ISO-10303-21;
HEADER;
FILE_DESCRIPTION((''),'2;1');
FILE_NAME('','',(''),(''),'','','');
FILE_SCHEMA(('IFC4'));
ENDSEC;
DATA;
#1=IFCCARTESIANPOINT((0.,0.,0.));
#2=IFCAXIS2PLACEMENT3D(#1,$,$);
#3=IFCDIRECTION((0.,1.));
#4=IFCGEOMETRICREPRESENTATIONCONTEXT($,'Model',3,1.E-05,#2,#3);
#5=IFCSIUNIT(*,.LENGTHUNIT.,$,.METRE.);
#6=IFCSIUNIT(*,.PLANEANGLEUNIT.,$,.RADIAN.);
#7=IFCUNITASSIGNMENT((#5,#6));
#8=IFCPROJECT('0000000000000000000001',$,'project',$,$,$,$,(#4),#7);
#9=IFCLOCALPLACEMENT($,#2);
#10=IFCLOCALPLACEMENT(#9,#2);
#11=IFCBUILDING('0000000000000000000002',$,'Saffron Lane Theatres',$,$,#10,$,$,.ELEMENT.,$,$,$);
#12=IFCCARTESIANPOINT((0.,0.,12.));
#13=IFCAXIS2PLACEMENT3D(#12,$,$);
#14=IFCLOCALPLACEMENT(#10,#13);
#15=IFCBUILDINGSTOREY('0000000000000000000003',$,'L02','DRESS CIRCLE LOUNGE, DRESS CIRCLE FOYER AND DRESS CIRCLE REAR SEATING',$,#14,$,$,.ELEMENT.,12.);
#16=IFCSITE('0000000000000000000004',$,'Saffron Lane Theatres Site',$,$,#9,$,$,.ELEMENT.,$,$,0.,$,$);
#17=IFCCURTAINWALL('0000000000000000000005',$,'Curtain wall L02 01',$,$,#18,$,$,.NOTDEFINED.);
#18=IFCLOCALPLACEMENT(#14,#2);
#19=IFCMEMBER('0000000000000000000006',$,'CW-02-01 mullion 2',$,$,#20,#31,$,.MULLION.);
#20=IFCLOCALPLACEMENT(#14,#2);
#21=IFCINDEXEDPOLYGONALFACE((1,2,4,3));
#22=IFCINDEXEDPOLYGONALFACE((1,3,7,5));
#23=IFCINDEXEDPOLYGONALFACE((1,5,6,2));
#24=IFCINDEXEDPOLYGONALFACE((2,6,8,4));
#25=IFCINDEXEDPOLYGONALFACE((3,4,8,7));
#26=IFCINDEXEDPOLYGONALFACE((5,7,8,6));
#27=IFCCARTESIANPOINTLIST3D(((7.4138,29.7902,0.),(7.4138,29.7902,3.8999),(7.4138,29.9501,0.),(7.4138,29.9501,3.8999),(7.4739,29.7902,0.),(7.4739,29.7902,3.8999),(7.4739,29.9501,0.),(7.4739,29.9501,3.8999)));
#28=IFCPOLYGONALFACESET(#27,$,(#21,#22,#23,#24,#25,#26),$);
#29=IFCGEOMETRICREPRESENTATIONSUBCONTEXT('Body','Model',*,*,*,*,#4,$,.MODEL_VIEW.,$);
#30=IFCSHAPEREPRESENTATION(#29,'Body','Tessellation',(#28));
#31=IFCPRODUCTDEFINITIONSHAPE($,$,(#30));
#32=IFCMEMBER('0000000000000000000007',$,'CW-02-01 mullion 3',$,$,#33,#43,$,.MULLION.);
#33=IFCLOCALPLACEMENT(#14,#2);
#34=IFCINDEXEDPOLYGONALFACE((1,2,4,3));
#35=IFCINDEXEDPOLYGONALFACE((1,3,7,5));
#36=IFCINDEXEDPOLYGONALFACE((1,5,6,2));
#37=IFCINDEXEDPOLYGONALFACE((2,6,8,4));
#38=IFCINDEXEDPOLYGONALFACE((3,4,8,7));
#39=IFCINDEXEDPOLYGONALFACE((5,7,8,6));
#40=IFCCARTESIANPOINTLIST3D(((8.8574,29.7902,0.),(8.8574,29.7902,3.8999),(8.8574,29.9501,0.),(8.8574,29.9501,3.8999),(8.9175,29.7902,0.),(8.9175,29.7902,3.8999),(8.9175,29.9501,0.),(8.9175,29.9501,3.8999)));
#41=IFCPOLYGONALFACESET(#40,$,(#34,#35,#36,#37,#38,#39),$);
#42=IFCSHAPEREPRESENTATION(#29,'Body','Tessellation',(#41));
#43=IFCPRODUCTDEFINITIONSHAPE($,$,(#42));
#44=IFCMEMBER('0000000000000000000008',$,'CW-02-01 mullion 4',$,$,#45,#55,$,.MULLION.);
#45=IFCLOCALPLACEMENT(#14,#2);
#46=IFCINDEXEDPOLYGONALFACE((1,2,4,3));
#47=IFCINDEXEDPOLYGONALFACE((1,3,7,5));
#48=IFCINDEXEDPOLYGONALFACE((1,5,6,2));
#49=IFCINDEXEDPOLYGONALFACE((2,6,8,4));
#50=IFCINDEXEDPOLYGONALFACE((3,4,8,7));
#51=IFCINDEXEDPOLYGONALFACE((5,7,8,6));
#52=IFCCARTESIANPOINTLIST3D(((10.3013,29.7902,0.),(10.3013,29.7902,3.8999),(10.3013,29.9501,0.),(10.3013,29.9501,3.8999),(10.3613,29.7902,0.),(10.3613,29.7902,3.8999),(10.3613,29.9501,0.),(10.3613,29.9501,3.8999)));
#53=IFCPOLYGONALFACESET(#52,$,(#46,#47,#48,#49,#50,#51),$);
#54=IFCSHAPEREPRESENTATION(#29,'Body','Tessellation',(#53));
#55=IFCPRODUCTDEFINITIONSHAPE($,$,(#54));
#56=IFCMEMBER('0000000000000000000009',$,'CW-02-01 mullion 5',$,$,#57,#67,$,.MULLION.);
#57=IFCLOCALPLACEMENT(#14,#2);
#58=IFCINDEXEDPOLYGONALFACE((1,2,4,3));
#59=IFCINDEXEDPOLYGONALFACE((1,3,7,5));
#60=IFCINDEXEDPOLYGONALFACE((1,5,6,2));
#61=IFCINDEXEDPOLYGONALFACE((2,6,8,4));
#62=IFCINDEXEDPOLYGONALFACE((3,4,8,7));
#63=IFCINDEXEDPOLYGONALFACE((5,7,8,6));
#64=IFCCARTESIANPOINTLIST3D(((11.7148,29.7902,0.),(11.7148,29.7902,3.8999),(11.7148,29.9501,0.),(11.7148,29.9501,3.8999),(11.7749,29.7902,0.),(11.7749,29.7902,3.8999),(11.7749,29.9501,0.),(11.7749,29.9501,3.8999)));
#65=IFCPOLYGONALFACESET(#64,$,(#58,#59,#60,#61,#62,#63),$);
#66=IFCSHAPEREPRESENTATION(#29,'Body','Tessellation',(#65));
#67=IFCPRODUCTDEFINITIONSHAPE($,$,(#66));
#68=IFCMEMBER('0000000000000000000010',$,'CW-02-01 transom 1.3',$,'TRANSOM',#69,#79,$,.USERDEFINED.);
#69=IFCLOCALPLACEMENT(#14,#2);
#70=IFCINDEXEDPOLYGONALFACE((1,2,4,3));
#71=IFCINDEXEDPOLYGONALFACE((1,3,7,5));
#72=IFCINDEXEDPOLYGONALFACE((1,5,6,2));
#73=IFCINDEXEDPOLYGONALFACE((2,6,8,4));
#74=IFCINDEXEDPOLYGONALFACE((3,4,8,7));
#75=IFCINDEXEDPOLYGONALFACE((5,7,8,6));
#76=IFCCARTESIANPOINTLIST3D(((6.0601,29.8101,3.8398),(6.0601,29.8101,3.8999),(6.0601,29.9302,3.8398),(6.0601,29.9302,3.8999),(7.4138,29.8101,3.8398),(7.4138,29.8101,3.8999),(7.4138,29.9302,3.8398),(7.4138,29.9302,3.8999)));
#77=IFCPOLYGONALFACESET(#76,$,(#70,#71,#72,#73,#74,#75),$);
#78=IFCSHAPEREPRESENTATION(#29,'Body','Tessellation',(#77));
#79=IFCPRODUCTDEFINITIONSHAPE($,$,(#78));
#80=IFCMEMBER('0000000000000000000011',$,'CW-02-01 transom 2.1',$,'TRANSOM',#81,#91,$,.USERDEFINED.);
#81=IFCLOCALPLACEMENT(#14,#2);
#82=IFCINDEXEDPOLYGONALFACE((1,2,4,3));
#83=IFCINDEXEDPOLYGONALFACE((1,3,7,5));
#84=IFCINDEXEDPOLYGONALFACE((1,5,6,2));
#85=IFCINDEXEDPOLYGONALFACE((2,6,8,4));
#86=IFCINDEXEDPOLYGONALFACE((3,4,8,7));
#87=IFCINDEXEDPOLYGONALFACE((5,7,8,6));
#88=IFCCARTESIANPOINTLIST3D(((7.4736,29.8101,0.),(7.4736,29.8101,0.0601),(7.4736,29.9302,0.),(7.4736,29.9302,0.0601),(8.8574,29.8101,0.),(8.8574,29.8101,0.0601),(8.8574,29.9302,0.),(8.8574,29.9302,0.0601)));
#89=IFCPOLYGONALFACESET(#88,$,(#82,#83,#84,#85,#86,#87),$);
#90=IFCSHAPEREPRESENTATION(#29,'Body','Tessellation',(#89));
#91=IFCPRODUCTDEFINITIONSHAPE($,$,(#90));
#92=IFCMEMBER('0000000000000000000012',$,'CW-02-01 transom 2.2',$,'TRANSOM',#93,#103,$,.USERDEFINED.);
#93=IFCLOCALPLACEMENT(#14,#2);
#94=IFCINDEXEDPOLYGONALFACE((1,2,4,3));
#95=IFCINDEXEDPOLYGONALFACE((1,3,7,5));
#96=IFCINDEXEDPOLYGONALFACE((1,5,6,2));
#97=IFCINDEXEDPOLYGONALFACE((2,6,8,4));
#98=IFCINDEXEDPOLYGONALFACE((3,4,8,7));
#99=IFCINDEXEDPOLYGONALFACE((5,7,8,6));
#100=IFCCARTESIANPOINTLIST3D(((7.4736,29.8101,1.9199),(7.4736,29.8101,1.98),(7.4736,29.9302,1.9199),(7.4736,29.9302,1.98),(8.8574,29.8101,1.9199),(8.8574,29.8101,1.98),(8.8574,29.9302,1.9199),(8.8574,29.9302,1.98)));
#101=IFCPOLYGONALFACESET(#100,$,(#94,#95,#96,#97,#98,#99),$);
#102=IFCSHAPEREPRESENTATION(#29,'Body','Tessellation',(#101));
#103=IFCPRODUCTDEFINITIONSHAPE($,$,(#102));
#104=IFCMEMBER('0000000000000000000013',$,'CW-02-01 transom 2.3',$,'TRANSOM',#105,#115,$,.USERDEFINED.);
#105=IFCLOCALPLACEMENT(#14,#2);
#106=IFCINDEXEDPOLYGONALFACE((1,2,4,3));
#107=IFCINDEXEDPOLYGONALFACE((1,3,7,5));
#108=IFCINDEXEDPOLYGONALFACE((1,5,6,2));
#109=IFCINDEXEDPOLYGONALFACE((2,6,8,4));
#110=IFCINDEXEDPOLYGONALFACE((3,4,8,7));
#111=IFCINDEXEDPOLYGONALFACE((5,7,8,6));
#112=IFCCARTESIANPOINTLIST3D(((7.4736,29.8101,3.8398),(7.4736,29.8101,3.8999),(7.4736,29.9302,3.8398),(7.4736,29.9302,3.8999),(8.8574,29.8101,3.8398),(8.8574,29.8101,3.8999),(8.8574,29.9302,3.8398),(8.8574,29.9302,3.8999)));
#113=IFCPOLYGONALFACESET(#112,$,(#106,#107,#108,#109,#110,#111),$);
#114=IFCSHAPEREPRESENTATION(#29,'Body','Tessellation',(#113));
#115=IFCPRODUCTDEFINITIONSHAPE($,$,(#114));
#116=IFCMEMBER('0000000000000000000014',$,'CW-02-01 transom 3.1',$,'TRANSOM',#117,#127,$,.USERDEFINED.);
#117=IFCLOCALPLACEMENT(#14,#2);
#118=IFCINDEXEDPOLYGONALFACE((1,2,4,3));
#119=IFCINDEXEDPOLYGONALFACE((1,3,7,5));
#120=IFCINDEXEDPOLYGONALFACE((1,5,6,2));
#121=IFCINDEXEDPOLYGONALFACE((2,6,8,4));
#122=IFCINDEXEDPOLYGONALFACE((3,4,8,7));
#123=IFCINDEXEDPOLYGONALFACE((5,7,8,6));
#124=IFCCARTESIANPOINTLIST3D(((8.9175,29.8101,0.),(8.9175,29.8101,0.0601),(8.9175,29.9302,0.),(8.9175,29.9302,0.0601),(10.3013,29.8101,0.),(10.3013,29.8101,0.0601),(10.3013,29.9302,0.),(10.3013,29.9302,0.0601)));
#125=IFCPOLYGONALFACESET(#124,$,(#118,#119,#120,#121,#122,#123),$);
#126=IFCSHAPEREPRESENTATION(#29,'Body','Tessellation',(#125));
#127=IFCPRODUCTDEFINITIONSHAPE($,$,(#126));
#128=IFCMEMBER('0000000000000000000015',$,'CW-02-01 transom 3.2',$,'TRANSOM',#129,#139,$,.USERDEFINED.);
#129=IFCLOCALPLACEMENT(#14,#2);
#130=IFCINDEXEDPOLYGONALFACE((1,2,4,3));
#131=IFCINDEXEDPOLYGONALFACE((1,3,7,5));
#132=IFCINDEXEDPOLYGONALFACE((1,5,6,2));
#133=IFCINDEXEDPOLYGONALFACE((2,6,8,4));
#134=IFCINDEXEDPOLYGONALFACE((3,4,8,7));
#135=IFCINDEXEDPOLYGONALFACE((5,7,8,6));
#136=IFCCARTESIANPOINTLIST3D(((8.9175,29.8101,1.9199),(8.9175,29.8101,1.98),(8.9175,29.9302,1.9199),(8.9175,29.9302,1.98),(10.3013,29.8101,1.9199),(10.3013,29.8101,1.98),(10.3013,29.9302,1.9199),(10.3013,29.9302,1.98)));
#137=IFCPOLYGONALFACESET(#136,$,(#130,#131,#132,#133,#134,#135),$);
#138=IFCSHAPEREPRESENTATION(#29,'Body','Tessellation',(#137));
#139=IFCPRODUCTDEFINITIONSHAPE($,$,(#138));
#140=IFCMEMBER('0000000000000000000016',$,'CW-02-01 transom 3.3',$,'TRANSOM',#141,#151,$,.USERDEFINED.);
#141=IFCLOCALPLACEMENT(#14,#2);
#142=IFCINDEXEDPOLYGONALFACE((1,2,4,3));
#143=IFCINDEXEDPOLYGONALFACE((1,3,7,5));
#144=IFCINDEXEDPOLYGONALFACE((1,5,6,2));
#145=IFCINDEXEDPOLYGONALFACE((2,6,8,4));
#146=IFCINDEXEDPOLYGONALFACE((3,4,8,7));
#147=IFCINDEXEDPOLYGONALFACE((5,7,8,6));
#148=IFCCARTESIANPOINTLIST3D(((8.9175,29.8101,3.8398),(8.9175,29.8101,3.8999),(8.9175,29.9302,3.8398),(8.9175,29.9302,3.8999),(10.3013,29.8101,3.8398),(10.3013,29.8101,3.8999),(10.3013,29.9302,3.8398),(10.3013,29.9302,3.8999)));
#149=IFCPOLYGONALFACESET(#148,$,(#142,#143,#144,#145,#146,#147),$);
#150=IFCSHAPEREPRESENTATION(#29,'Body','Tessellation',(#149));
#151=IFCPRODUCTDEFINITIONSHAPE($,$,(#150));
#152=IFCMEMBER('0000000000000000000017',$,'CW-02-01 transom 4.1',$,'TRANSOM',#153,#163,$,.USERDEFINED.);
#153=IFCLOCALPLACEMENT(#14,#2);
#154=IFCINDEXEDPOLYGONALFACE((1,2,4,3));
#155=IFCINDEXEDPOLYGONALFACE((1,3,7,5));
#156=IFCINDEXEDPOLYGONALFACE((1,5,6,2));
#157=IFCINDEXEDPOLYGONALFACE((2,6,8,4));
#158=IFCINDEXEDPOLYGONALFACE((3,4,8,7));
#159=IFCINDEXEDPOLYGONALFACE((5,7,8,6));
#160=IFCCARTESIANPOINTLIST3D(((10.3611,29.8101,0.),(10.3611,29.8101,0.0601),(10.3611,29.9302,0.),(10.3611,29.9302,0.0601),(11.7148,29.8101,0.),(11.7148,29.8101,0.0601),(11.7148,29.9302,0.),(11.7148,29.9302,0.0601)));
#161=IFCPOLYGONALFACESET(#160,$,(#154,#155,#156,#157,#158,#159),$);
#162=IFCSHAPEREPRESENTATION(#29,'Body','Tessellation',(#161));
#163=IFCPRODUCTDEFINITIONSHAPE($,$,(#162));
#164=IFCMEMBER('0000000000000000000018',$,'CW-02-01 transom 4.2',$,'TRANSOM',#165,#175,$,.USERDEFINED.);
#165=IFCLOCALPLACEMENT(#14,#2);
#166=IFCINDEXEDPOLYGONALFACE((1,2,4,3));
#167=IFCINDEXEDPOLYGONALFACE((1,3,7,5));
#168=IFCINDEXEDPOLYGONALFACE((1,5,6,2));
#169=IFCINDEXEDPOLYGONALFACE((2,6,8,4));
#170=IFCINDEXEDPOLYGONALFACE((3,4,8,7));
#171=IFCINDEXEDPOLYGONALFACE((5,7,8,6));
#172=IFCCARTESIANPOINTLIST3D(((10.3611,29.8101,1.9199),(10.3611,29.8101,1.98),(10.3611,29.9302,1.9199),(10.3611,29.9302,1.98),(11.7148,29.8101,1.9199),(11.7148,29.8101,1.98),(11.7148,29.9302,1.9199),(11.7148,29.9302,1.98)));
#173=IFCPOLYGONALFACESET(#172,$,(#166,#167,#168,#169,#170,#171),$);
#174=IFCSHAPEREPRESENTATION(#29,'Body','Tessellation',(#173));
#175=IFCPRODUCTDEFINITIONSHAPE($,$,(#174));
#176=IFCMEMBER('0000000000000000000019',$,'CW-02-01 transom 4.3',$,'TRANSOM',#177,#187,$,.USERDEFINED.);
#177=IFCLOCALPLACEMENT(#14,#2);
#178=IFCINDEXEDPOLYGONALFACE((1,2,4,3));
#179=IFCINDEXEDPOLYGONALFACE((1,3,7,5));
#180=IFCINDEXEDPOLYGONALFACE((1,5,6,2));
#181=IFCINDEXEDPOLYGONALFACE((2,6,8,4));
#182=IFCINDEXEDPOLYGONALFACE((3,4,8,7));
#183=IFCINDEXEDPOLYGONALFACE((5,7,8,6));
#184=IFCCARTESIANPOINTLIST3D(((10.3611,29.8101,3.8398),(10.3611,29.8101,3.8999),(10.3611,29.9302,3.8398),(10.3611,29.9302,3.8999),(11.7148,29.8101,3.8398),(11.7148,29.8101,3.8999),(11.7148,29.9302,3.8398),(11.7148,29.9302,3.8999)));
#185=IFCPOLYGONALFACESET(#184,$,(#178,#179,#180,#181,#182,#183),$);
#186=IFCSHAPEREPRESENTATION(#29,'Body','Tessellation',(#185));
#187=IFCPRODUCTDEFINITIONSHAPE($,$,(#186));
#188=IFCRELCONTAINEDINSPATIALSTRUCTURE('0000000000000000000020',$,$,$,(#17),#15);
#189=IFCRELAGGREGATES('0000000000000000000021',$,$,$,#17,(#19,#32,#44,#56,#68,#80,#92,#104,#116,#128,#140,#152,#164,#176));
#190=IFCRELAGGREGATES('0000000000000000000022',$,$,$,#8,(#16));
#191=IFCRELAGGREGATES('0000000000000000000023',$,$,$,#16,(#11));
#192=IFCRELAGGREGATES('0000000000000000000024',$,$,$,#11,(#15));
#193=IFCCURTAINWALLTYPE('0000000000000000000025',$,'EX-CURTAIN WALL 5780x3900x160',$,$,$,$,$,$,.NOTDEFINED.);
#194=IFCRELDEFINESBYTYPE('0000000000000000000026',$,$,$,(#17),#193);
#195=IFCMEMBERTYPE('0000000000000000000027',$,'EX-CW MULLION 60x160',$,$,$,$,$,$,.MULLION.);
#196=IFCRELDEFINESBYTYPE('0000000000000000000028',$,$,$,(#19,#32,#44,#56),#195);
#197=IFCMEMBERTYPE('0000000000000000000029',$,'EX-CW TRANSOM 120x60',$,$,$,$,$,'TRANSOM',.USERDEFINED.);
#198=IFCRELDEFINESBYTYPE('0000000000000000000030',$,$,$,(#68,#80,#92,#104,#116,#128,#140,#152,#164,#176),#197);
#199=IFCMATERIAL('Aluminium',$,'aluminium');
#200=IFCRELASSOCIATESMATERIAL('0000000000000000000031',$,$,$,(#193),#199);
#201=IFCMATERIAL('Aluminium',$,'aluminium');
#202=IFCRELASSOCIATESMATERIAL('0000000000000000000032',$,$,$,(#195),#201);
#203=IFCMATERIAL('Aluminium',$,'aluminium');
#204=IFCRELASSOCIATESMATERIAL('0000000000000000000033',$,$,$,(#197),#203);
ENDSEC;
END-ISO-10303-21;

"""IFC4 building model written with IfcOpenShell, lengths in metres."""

from ifc_helpers import new_model, si_unit, direction, frame, origin, origin_2d, place, context, subcontext, project, spatial, rectangle, extrude, material, material_profile, profile_set, type_object, element, aggregate, save


model = new_model("IFC4")

# Units and contexts
model_context = context("Model", 3, precision=1e-05, world=origin(), true_north=direction((0.0, 1.0)))
body_context = subcontext(model_context, "Body", "Model", "MODEL_VIEW")
ifc_project = project(units=[si_unit("LENGTHUNIT", "METRE"), si_unit("PLANEANGLEUNIT", "RADIAN")], contexts=[model_context])

# Site, building, storey
site_placement = place(None, origin())
site = spatial("IfcSite", under=ifc_project, at=site_placement, Name="Saffron Lane Theatres Site", CompositionType="ELEMENT", RefElevation=0.0)
building_placement = place(site_placement, origin())
building = spatial("IfcBuilding", under=site, at=building_placement, Name="Saffron Lane Theatres", CompositionType="ELEMENT")
storey_placement = place(building_placement, frame((0.0, 0.0, 12.0)))
storey = spatial("IfcBuildingStorey", under=building, at=storey_placement, Name="L02", Description="DRESS CIRCLE LOUNGE, DRESS CIRCLE FOYER AND DRESS CIRCLE REAR SEATING", CompositionType="ELEMENT", Elevation=12.0)

# Curtain wall, members
ifc_material_1 = material(Name="Aluminium", Category="aluminium")
curtain_wall_type = type_object("IfcCurtainWallType", Name="EX-CURTAIN WALL 5780x3900x160", PredefinedType="NOTDEFINED", material=ifc_material_1)
curtain_wall_placement = place(storey_placement, origin())
curtain_wall = element("IfcCurtainWall", 1, at=curtain_wall_placement, inside=storey, type_object=curtain_wall_type, Name="Curtain wall L02 01", PredefinedType="NOTDEFINED")
ifc_material_2 = material(Name="Aluminium", Category="aluminium")
ifc_material_profile_1 = material_profile(ifc_material_2, rectangle(XDim=0.0601, YDim=0.1599, at=origin_2d()))
ifc_profile_set_1 = profile_set([ifc_material_profile_1], Name="Aluminium")
member_type_1 = type_object("IfcMemberType", Name="EX-CW MULLION 60x160", PredefinedType="MULLION", material=ifc_profile_set_1)
member_1_placement = place(storey_placement, frame((7.4438, 29.8701, 0.0), z_axis=(0.0, 0.0, 1.0), x_axis=(1.0, 0.0, 0.0)))
member_1 = element("IfcMember", 2, at=member_1_placement, type_object=member_type_1, Name="CW-02-01 mullion 2", PredefinedType="MULLION", context=body_context, shape_type="SweptSolid", body=[
    extrude(rectangle(XDim=0.0601, YDim=0.1599, at=origin_2d()), origin(), (0.0, 0.0, 1.0), 3.8999),
])
member_2_placement = place(storey_placement, frame((8.8875, 29.8701, 0.0), z_axis=(0.0, 0.0, 1.0), x_axis=(1.0, 0.0, 0.0)))
member_2 = element("IfcMember", 3, at=member_2_placement, type_object=member_type_1, Name="CW-02-01 mullion 3", PredefinedType="MULLION", context=body_context, shape_type="SweptSolid", body=[
    extrude(rectangle(XDim=0.0601, YDim=0.1599, at=origin_2d()), origin(), (0.0, 0.0, 1.0), 3.8999),
])
member_3_placement = place(storey_placement, frame((10.3313, 29.8701, 0.0), z_axis=(0.0, 0.0, 1.0), x_axis=(1.0, 0.0, 0.0)))
member_3 = element("IfcMember", 4, at=member_3_placement, type_object=member_type_1, Name="CW-02-01 mullion 4", PredefinedType="MULLION", context=body_context, shape_type="SweptSolid", body=[
    extrude(rectangle(XDim=0.0601, YDim=0.1599, at=origin_2d()), origin(), (0.0, 0.0, 1.0), 3.8999),
])
member_4_placement = place(storey_placement, frame((11.7449, 29.8701, 0.0), z_axis=(0.0, 0.0, 1.0), x_axis=(1.0, 0.0, 0.0)))
member_4 = element("IfcMember", 5, at=member_4_placement, type_object=member_type_1, Name="CW-02-01 mullion 5", PredefinedType="MULLION", context=body_context, shape_type="SweptSolid", body=[
    extrude(rectangle(XDim=0.0601, YDim=0.1599, at=origin_2d()), origin(), (0.0, 0.0, 1.0), 3.8999),
])
ifc_material_3 = material(Name="Aluminium", Category="aluminium")
ifc_material_profile_2 = material_profile(ifc_material_3, rectangle(XDim=0.1201, YDim=0.0601, at=origin_2d()))
ifc_profile_set_2 = profile_set([ifc_material_profile_2], Name="Aluminium")
member_type_2 = type_object("IfcMemberType", Name="EX-CW TRANSOM 120x60", ElementType="TRANSOM", PredefinedType="USERDEFINED", material=ifc_profile_set_2)
member_5_placement = place(storey_placement, frame((6.0601, 29.8701, 3.8699), z_axis=(1.0, 0.0, 0.0), x_axis=(0.0, 1.0, 0.0)))
member_5 = element("IfcMember", 6, at=member_5_placement, type_object=member_type_2, Name="CW-02-01 transom 1.3", ObjectType="TRANSOM", PredefinedType="USERDEFINED", context=body_context, shape_type="SweptSolid", body=[
    extrude(rectangle(XDim=0.1201, YDim=0.0601, at=origin_2d()), origin(), (0.0, 0.0, 1.0), 1.3538),
])
member_6_placement = place(storey_placement, frame((7.4736, 29.8701, 0.03), z_axis=(1.0, 0.0, 0.0), x_axis=(0.0, 1.0, 0.0)))
member_6 = element("IfcMember", 7, at=member_6_placement, type_object=member_type_2, Name="CW-02-01 transom 2.1", ObjectType="TRANSOM", PredefinedType="USERDEFINED", context=body_context, shape_type="SweptSolid", body=[
    extrude(rectangle(XDim=0.1201, YDim=0.0601, at=origin_2d()), origin(), (0.0, 0.0, 1.0), 1.3838),
])
member_7_placement = place(storey_placement, frame((7.4736, 29.8701, 1.95), z_axis=(1.0, 0.0, 0.0), x_axis=(0.0, 1.0, 0.0)))
member_7 = element("IfcMember", 8, at=member_7_placement, type_object=member_type_2, Name="CW-02-01 transom 2.2", ObjectType="TRANSOM", PredefinedType="USERDEFINED", context=body_context, shape_type="SweptSolid", body=[
    extrude(rectangle(XDim=0.1201, YDim=0.0601, at=origin_2d()), origin(), (0.0, 0.0, 1.0), 1.3838),
])
member_8_placement = place(storey_placement, frame((7.4736, 29.8701, 3.8699), z_axis=(1.0, 0.0, 0.0), x_axis=(0.0, 1.0, 0.0)))
member_8 = element("IfcMember", 9, at=member_8_placement, type_object=member_type_2, Name="CW-02-01 transom 2.3", ObjectType="TRANSOM", PredefinedType="USERDEFINED", context=body_context, shape_type="SweptSolid", body=[
    extrude(rectangle(XDim=0.1201, YDim=0.0601, at=origin_2d()), origin(), (0.0, 0.0, 1.0), 1.3838),
])
member_9_placement = place(storey_placement, frame((8.9175, 29.8701, 0.03), z_axis=(1.0, 0.0, 0.0), x_axis=(0.0, 1.0, 0.0)))
member_9 = element("IfcMember", 10, at=member_9_placement, type_object=member_type_2, Name="CW-02-01 transom 3.1", ObjectType="TRANSOM", PredefinedType="USERDEFINED", context=body_context, shape_type="SweptSolid", body=[
    extrude(rectangle(XDim=0.1201, YDim=0.0601, at=origin_2d()), origin(), (0.0, 0.0, 1.0), 1.3838),
])
member_10_placement = place(storey_placement, frame((8.9175, 29.8701, 1.95), z_axis=(1.0, 0.0, 0.0), x_axis=(0.0, 1.0, 0.0)))
member_10 = element("IfcMember", 11, at=member_10_placement, type_object=member_type_2, Name="CW-02-01 transom 3.2", ObjectType="TRANSOM", PredefinedType="USERDEFINED", context=body_context, shape_type="SweptSolid", body=[
    extrude(rectangle(XDim=0.1201, YDim=0.0601, at=origin_2d()), origin(), (0.0, 0.0, 1.0), 1.3838),
])
member_11_placement = place(storey_placement, frame((8.9175, 29.8701, 3.8699), z_axis=(1.0, 0.0, 0.0), x_axis=(0.0, 1.0, 0.0)))
member_11 = element("IfcMember", 12, at=member_11_placement, type_object=member_type_2, Name="CW-02-01 transom 3.3", ObjectType="TRANSOM", PredefinedType="USERDEFINED", context=body_context, shape_type="SweptSolid", body=[
    extrude(rectangle(XDim=0.1201, YDim=0.0601, at=origin_2d()), origin(), (0.0, 0.0, 1.0), 1.3838),
])
member_12_placement = place(storey_placement, frame((10.3611, 29.8701, 0.03), z_axis=(1.0, 0.0, 0.0), x_axis=(0.0, 1.0, 0.0)))
member_12 = element("IfcMember", 13, at=member_12_placement, type_object=member_type_2, Name="CW-02-01 transom 4.1", ObjectType="TRANSOM", PredefinedType="USERDEFINED", context=body_context, shape_type="SweptSolid", body=[
    extrude(rectangle(XDim=0.1201, YDim=0.0601, at=origin_2d()), origin(), (0.0, 0.0, 1.0), 1.3538),
])
member_13_placement = place(storey_placement, frame((10.3611, 29.8701, 1.95), z_axis=(1.0, 0.0, 0.0), x_axis=(0.0, 1.0, 0.0)))
member_13 = element("IfcMember", 14, at=member_13_placement, type_object=member_type_2, Name="CW-02-01 transom 4.2", ObjectType="TRANSOM", PredefinedType="USERDEFINED", context=body_context, shape_type="SweptSolid", body=[
    extrude(rectangle(XDim=0.1201, YDim=0.0601, at=origin_2d()), origin(), (0.0, 0.0, 1.0), 1.3538),
])
member_14_placement = place(storey_placement, frame((10.3611, 29.8701, 3.8699), z_axis=(1.0, 0.0, 0.0), x_axis=(0.0, 1.0, 0.0)))
member_14 = element("IfcMember", 15, at=member_14_placement, type_object=member_type_2, Name="CW-02-01 transom 4.3", ObjectType="TRANSOM", PredefinedType="USERDEFINED", context=body_context, shape_type="SweptSolid", body=[
    extrude(rectangle(XDim=0.1201, YDim=0.0601, at=origin_2d()), origin(), (0.0, 0.0, 1.0), 1.3538),
])

aggregate(curtain_wall, [member_1, member_2, member_3, member_4, member_5, member_6, member_7, member_8, member_9, member_10, member_11, member_12, member_13, member_14])

save(model, "model.ifc")
